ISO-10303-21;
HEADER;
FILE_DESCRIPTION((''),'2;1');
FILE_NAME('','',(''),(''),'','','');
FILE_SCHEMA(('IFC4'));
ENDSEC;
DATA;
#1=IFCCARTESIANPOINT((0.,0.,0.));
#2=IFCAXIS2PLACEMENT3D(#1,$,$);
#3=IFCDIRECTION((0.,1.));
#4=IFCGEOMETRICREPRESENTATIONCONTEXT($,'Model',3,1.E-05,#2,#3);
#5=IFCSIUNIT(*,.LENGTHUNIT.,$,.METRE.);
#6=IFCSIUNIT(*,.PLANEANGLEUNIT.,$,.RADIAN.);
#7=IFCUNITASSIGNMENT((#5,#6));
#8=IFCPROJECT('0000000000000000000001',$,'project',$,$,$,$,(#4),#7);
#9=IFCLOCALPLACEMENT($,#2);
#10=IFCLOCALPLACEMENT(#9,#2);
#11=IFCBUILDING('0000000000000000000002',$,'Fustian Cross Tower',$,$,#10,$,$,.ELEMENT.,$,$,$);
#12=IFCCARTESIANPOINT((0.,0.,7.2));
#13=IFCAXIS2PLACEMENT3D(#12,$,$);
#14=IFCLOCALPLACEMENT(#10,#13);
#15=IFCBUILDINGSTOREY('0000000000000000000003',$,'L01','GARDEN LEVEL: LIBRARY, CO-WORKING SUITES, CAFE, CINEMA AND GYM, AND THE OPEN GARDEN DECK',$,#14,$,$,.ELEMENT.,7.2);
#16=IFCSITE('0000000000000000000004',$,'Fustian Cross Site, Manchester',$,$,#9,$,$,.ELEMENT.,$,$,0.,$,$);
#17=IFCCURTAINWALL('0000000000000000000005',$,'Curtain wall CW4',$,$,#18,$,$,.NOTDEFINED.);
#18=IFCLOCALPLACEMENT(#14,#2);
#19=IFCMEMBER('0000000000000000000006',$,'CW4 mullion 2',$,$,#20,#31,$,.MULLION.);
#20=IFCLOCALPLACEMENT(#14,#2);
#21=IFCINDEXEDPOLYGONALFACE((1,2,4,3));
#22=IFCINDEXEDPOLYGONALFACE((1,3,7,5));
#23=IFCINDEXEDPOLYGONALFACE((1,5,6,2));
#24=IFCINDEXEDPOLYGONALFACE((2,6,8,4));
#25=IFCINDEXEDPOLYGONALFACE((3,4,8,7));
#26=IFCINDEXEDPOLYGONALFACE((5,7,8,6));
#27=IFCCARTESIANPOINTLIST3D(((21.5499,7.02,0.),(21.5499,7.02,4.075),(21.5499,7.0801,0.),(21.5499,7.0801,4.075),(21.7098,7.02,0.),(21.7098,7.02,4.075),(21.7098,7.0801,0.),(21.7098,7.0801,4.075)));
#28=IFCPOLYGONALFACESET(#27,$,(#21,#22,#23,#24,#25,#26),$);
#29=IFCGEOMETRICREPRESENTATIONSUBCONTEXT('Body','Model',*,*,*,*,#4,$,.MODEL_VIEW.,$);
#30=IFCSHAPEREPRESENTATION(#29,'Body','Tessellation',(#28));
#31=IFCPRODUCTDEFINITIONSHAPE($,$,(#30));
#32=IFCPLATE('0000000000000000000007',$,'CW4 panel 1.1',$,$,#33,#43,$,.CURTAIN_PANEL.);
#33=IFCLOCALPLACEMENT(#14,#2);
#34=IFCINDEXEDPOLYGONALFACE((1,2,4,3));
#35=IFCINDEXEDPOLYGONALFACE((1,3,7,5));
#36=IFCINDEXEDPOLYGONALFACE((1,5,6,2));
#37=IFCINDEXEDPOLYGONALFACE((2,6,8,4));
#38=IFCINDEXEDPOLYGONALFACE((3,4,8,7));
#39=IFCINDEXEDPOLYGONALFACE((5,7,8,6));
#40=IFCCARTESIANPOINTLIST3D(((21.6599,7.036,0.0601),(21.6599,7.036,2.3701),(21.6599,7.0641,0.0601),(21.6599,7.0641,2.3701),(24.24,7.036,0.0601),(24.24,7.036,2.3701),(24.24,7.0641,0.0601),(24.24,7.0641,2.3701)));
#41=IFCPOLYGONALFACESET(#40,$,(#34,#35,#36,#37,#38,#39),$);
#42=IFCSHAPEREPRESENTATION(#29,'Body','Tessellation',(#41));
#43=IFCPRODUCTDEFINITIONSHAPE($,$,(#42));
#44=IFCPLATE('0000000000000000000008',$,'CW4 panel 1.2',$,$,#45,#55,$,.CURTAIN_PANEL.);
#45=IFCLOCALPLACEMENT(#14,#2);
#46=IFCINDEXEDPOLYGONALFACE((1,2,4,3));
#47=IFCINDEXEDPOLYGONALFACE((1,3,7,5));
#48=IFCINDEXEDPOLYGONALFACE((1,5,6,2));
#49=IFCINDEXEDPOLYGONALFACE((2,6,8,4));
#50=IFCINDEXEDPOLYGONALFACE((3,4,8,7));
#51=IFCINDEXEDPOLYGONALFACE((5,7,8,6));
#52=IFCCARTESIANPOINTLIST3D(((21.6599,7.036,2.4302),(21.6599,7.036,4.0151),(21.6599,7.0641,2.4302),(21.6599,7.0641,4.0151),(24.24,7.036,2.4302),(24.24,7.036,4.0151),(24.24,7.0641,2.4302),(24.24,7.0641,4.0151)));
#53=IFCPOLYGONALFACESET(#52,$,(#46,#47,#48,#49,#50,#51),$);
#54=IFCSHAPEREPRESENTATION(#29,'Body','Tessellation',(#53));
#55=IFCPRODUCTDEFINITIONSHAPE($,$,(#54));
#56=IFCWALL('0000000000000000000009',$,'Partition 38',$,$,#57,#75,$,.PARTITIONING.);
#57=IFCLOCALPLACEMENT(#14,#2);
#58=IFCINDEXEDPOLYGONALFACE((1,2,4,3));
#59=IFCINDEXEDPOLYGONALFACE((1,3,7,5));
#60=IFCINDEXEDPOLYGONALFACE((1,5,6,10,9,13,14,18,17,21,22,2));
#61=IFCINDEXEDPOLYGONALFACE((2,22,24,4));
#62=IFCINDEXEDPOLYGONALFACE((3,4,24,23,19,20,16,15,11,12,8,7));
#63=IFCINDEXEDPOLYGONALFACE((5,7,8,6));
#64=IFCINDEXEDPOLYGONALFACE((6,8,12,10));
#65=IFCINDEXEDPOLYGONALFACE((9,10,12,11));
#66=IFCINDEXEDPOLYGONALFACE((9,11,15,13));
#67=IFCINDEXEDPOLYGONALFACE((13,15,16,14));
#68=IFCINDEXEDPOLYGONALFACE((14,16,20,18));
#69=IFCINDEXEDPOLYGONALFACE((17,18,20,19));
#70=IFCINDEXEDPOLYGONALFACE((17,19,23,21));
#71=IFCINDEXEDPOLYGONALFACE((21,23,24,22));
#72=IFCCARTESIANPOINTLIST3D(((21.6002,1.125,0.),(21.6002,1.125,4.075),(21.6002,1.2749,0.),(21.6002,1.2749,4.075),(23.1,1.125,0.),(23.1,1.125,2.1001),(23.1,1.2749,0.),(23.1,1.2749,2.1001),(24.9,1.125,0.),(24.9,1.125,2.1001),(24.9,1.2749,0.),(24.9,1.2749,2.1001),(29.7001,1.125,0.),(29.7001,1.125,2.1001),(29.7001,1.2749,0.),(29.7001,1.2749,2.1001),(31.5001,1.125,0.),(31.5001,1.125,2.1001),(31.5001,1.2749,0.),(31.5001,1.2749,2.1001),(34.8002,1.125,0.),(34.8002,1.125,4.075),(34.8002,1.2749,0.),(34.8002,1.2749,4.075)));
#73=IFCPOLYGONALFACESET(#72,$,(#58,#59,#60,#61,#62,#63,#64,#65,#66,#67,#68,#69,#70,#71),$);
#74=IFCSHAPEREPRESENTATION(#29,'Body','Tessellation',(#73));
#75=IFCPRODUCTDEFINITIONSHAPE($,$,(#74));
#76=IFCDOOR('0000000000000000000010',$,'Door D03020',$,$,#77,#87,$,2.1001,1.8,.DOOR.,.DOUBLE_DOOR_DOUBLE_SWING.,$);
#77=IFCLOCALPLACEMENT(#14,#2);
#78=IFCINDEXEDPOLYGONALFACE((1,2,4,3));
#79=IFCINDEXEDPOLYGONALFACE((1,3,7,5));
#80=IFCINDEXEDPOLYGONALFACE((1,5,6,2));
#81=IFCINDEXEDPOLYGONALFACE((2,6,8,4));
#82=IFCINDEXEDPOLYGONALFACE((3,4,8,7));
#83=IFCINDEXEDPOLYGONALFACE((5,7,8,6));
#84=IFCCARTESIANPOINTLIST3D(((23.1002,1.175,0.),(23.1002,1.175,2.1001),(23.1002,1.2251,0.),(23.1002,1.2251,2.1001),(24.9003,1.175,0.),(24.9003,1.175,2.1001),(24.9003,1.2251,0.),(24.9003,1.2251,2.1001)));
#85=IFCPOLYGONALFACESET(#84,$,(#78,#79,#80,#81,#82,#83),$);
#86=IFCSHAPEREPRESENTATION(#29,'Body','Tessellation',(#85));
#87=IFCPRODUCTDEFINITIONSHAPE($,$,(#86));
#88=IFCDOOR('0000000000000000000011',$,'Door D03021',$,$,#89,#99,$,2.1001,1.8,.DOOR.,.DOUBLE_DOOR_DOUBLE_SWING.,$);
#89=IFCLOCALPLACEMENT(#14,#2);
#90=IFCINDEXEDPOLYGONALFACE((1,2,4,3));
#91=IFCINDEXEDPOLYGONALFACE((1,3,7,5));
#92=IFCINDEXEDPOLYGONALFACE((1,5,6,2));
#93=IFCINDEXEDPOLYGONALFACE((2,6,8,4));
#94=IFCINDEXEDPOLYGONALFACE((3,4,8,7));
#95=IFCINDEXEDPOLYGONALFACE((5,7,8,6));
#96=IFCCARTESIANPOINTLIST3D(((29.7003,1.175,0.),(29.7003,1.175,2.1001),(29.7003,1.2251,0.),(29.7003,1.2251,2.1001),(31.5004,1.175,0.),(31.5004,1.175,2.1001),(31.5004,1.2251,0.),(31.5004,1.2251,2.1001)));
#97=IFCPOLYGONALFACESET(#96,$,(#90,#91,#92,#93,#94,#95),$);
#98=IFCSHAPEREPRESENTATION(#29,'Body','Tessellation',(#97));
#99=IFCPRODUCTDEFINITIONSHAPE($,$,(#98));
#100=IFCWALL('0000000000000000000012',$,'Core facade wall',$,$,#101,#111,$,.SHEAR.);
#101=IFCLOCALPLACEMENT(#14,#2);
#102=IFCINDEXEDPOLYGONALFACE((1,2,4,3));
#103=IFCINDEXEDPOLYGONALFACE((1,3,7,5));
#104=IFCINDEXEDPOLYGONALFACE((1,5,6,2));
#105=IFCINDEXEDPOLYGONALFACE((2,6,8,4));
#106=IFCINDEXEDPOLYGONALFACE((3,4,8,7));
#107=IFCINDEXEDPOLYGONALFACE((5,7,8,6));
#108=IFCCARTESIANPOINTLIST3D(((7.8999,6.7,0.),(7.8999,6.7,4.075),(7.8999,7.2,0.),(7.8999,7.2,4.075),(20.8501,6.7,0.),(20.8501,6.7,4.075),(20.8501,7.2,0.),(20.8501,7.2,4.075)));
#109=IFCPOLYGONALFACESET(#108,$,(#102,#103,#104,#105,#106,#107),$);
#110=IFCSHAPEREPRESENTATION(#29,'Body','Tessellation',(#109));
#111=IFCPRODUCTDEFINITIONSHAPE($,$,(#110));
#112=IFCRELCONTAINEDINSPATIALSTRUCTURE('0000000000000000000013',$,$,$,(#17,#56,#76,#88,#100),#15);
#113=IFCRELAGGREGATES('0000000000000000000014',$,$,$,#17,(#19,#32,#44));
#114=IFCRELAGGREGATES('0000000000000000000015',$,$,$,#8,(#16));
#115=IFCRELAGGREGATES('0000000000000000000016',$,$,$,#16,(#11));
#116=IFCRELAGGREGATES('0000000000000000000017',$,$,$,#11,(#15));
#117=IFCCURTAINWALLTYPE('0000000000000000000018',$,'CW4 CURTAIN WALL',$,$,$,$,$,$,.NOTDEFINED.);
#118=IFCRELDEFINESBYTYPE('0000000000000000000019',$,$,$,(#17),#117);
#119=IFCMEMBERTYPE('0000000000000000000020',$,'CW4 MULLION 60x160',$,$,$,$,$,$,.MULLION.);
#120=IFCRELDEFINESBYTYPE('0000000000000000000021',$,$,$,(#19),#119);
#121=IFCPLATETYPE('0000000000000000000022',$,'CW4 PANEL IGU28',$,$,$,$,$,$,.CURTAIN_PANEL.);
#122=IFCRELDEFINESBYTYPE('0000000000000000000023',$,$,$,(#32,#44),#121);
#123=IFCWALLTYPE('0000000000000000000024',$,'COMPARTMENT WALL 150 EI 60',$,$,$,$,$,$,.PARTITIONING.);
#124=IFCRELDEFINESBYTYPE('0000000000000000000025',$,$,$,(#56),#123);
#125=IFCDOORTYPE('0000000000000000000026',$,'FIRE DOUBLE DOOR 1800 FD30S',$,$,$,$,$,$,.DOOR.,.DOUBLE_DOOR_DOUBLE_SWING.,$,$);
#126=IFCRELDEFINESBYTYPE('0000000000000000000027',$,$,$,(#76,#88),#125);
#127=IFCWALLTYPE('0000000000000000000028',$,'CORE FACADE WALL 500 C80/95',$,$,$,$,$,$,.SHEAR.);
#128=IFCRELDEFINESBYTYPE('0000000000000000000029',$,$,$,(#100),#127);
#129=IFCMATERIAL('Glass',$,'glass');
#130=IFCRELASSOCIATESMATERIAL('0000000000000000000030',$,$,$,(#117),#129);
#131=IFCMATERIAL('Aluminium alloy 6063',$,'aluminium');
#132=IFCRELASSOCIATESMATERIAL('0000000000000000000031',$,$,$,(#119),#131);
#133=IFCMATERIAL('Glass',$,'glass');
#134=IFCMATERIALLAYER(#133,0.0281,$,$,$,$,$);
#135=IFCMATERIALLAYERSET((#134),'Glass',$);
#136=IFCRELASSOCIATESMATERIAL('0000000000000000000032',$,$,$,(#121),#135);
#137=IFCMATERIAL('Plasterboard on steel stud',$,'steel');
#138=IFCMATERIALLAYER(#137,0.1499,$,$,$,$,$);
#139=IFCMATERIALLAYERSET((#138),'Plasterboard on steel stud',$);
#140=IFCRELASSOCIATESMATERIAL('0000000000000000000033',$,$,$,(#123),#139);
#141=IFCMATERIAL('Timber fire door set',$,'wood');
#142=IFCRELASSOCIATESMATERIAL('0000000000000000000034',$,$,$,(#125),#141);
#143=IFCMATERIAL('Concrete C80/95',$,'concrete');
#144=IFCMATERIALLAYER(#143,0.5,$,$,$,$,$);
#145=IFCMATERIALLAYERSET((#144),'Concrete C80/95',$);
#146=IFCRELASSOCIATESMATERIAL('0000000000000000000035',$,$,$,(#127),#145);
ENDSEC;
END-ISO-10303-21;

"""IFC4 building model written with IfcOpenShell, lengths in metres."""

from ifc_helpers import new_model, si_unit, direction, frame, frame_2d, origin, origin_2d, place, context, subcontext, project, spatial, rectangle, extrude, material, layer, layer_set, material_profile, profile_set, type_object, element, fill, aggregate, save


model = new_model("IFC4")

# Units and contexts
model_context = context("Model", 3, precision=1e-05, world=origin(), true_north=direction((0.0, 1.0)))
body_context = subcontext(model_context, "Body", "Model", "MODEL_VIEW")
ifc_project = project(units=[si_unit("LENGTHUNIT", "METRE"), si_unit("PLANEANGLEUNIT", "RADIAN")], contexts=[model_context])

# Site, building, storey
site_placement = place(None, origin())
site = spatial("IfcSite", under=ifc_project, at=site_placement, Name="Fustian Cross Site, Manchester", CompositionType="ELEMENT", RefElevation=0.0)
building_placement = place(site_placement, origin())
building = spatial("IfcBuilding", under=site, at=building_placement, Name="Fustian Cross Tower", CompositionType="ELEMENT")
storey_placement = place(building_placement, frame((0.0, 0.0, 7.2)))
storey = spatial("IfcBuildingStorey", under=building, at=storey_placement, Name="L01", Description="GARDEN LEVEL: LIBRARY, CO-WORKING SUITES, CAFE, CINEMA AND GYM, AND THE OPEN GARDEN DECK", CompositionType="ELEMENT", Elevation=7.2)

# Curtain wall, member, plates
ifc_material_1 = material(Name="Glass", Category="glass")
curtain_wall_type = type_object("IfcCurtainWallType", Name="CW4 CURTAIN WALL", PredefinedType="NOTDEFINED", material=ifc_material_1)
curtain_wall_placement = place(storey_placement, origin())
curtain_wall = element("IfcCurtainWall", 1, at=curtain_wall_placement, inside=storey, type_object=curtain_wall_type, Name="Curtain wall CW4", PredefinedType="NOTDEFINED")
ifc_material_2 = material(Name="Aluminium alloy 6063", Category="aluminium")
ifc_material_profile = material_profile(ifc_material_2, rectangle(XDim=0.0601, YDim=0.1599, at=origin_2d()), Name="CW4 MULLION 60x160")
ifc_profile_set = profile_set([ifc_material_profile], Name="Aluminium alloy 6063")
member_type = type_object("IfcMemberType", Name="CW4 MULLION 60x160", PredefinedType="MULLION", material=ifc_profile_set)
member_placement = place(storey_placement, frame((21.6299, 7.05, 0.0), z_axis=(0.0, 0.0, 1.0), x_axis=(0.0, -1.0, 0.0)))
member = element("IfcMember", 2, at=member_placement, type_object=member_type, Name="CW4 mullion 2", PredefinedType="MULLION", context=body_context, shape_type="SweptSolid", body=[
    extrude(rectangle(XDim=0.0601, YDim=0.1599, at=origin_2d()), origin(), (0.0, 0.0, 1.0), 4.075),
])
ifc_material_3 = material(Name="Glass", Category="glass")
ifc_layer_1 = layer(ifc_material_3, 0.0281)
ifc_layer_set_1 = layer_set([ifc_layer_1], Name="Glass")
plate_type = type_object("IfcPlateType", Name="CW4 PANEL IGU28", PredefinedType="CURTAIN_PANEL", material=ifc_layer_set_1)
plate_1_placement = place(storey_placement, frame((22.95, 7.05, 0.0601), z_axis=(0.0, 0.0, 1.0), x_axis=(-1.0, 0.0, 0.0)))
plate_1 = element("IfcPlate", 3, at=plate_1_placement, type_object=plate_type, Name="CW4 panel 1.1", PredefinedType="CURTAIN_PANEL", context=body_context, shape_type="SweptSolid", body=[
    extrude(rectangle(XDim=2.5801, YDim=0.0281, at=origin_2d()), origin(), (0.0, 0.0, 1.0), 2.3101),
])
plate_2_placement = place(storey_placement, frame((22.95, 7.05, 2.4302), z_axis=(0.0, 0.0, 1.0), x_axis=(-1.0, 0.0, 0.0)))
plate_2 = element("IfcPlate", 4, at=plate_2_placement, type_object=plate_type, Name="CW4 panel 1.2", PredefinedType="CURTAIN_PANEL", context=body_context, shape_type="SweptSolid", body=[
    extrude(rectangle(XDim=2.5801, YDim=0.0281, at=origin_2d()), origin(), (0.0, 0.0, 1.0), 1.585),
])
aggregate(curtain_wall, [member, plate_1, plate_2])

# Wall, openings, doors
ifc_material_4 = material(Name="Plasterboard on steel stud", Category="steel")
ifc_layer_2 = layer(ifc_material_4, 0.1499)
ifc_layer_set_2 = layer_set([ifc_layer_2], Name="Plasterboard on steel stud")
wall_type_1 = type_object("IfcWallType", Name="COMPARTMENT WALL 150 EI 60", PredefinedType="PARTITIONING", material=ifc_layer_set_2)
wall_1_placement = place(storey_placement, frame((21.6001, 1.2, 0.0), z_axis=(0.0, 0.0, 1.0), x_axis=(1.0, 0.0, 0.0)))
wall_1 = element("IfcWall", 5, at=wall_1_placement, inside=storey, type_object=wall_type_1, Name="Partition 38", PredefinedType="PARTITIONING", context=body_context, shape_type="SweptSolid", body=[
    extrude(rectangle(XDim=13.2, YDim=0.1499, at=frame_2d((6.6001, 0.0))), origin(), (0.0, 0.0, 1.0), 4.075),
])
opening_1_placement = place(wall_1_placement, frame((1.5, 0.0, 0.0)))
opening_1 = element("IfcOpeningElement", 6, at=opening_1_placement, cuts=wall_1, PredefinedType="OPENING", context=body_context, shape_type="SweptSolid", body=[
    extrude(rectangle(XDim=1.8, YDim=2.1001, at=frame_2d((0.8999, 1.05))), frame((0.0, 0.085, 0.0), z_axis=(0.0, -1.0, 0.0), x_axis=(1.0, 0.0, 0.0)), (0.0, 0.0, 1.0), 0.1699),
])
opening_2_placement = place(wall_1_placement, frame((8.1001, 0.0, 0.0)))
opening_2 = element("IfcOpeningElement", 7, at=opening_2_placement, cuts=wall_1, PredefinedType="OPENING", context=body_context, shape_type="SweptSolid", body=[
    extrude(rectangle(XDim=1.8, YDim=2.1001, at=frame_2d((0.8999, 1.05))), frame((0.0, 0.085, 0.0), z_axis=(0.0, -1.0, 0.0), x_axis=(1.0, 0.0, 0.0)), (0.0, 0.0, 1.0), 0.1699),
])
ifc_material_5 = material(Name="Timber fire door set", Category="wood")
door_type_1 = type_object("IfcDoorType", Name="FIRE DOUBLE DOOR 1800 FD30S", OperationType="DOUBLE_DOOR_DOUBLE_SWING", PredefinedType="DOOR", material=ifc_material_5)
door_1_placement = place(opening_1_placement, frame((1.8, 0.0, 0.0), z_axis=(0.0, 0.0, 1.0), x_axis=(-1.0, 0.0, 0.0)))
door_1 = element("IfcDoor", 8, at=door_1_placement, inside=storey, type_object=door_type_1, Name="Door D03020", OperationType="DOUBLE_DOOR_DOUBLE_SWING", OverallHeight=2.1001, OverallWidth=1.8, PredefinedType="DOOR", context=body_context, shape_type="SweptSolid", body=[
    extrude(rectangle(XDim=1.8, YDim=2.1001, at=frame_2d((0.8999, 1.05))), frame((0.0, 0.0249, 0.0), z_axis=(0.0, -1.0, 0.0), x_axis=(1.0, 0.0, 0.0)), (0.0, 0.0, 1.0), 0.05),
])
fill(opening_1, door_1)
door_2_placement = place(opening_2_placement, frame((1.8, 0.0, 0.0), z_axis=(0.0, 0.0, 1.0), x_axis=(-1.0, 0.0, 0.0)))
door_2 = element("IfcDoor", 9, at=door_2_placement, inside=storey, type_object=door_type_1, Name="Door D03021", OperationType="DOUBLE_DOOR_DOUBLE_SWING", OverallHeight=2.1001, OverallWidth=1.8, PredefinedType="DOOR", context=body_context, shape_type="SweptSolid", body=[
    extrude(rectangle(XDim=1.8, YDim=2.1001, at=frame_2d((0.8999, 1.05))), frame((0.0, 0.0249, 0.0), z_axis=(0.0, -1.0, 0.0), x_axis=(1.0, 0.0, 0.0)), (0.0, 0.0, 1.0), 0.05),
])
fill(opening_2, door_2)

# Wall
ifc_material_6 = material(Name="Concrete C80/95", Category="concrete")
ifc_layer_3 = layer(ifc_material_6, 0.5)
ifc_layer_set_3 = layer_set([ifc_layer_3], Name="Concrete C80/95")
wall_type_2 = type_object("IfcWallType", Name="CORE FACADE WALL 500 C80/95", PredefinedType="SHEAR", material=ifc_layer_set_3)
wall_2_placement = place(storey_placement, frame((7.8999, 6.95, 0.0), z_axis=(0.0, 0.0, 1.0), x_axis=(1.0, 0.0, 0.0)))
element("IfcWall", 10, at=wall_2_placement, inside=storey, type_object=wall_type_2, Name="Core facade wall", PredefinedType="SHEAR", context=body_context, shape_type="SweptSolid", body=[
    extrude(rectangle(XDim=12.9502, YDim=0.5, at=frame_2d((6.4751, 0.0))), origin(), (0.0, 0.0, 1.0), 4.075),
])

save(model, "model.ifc")
